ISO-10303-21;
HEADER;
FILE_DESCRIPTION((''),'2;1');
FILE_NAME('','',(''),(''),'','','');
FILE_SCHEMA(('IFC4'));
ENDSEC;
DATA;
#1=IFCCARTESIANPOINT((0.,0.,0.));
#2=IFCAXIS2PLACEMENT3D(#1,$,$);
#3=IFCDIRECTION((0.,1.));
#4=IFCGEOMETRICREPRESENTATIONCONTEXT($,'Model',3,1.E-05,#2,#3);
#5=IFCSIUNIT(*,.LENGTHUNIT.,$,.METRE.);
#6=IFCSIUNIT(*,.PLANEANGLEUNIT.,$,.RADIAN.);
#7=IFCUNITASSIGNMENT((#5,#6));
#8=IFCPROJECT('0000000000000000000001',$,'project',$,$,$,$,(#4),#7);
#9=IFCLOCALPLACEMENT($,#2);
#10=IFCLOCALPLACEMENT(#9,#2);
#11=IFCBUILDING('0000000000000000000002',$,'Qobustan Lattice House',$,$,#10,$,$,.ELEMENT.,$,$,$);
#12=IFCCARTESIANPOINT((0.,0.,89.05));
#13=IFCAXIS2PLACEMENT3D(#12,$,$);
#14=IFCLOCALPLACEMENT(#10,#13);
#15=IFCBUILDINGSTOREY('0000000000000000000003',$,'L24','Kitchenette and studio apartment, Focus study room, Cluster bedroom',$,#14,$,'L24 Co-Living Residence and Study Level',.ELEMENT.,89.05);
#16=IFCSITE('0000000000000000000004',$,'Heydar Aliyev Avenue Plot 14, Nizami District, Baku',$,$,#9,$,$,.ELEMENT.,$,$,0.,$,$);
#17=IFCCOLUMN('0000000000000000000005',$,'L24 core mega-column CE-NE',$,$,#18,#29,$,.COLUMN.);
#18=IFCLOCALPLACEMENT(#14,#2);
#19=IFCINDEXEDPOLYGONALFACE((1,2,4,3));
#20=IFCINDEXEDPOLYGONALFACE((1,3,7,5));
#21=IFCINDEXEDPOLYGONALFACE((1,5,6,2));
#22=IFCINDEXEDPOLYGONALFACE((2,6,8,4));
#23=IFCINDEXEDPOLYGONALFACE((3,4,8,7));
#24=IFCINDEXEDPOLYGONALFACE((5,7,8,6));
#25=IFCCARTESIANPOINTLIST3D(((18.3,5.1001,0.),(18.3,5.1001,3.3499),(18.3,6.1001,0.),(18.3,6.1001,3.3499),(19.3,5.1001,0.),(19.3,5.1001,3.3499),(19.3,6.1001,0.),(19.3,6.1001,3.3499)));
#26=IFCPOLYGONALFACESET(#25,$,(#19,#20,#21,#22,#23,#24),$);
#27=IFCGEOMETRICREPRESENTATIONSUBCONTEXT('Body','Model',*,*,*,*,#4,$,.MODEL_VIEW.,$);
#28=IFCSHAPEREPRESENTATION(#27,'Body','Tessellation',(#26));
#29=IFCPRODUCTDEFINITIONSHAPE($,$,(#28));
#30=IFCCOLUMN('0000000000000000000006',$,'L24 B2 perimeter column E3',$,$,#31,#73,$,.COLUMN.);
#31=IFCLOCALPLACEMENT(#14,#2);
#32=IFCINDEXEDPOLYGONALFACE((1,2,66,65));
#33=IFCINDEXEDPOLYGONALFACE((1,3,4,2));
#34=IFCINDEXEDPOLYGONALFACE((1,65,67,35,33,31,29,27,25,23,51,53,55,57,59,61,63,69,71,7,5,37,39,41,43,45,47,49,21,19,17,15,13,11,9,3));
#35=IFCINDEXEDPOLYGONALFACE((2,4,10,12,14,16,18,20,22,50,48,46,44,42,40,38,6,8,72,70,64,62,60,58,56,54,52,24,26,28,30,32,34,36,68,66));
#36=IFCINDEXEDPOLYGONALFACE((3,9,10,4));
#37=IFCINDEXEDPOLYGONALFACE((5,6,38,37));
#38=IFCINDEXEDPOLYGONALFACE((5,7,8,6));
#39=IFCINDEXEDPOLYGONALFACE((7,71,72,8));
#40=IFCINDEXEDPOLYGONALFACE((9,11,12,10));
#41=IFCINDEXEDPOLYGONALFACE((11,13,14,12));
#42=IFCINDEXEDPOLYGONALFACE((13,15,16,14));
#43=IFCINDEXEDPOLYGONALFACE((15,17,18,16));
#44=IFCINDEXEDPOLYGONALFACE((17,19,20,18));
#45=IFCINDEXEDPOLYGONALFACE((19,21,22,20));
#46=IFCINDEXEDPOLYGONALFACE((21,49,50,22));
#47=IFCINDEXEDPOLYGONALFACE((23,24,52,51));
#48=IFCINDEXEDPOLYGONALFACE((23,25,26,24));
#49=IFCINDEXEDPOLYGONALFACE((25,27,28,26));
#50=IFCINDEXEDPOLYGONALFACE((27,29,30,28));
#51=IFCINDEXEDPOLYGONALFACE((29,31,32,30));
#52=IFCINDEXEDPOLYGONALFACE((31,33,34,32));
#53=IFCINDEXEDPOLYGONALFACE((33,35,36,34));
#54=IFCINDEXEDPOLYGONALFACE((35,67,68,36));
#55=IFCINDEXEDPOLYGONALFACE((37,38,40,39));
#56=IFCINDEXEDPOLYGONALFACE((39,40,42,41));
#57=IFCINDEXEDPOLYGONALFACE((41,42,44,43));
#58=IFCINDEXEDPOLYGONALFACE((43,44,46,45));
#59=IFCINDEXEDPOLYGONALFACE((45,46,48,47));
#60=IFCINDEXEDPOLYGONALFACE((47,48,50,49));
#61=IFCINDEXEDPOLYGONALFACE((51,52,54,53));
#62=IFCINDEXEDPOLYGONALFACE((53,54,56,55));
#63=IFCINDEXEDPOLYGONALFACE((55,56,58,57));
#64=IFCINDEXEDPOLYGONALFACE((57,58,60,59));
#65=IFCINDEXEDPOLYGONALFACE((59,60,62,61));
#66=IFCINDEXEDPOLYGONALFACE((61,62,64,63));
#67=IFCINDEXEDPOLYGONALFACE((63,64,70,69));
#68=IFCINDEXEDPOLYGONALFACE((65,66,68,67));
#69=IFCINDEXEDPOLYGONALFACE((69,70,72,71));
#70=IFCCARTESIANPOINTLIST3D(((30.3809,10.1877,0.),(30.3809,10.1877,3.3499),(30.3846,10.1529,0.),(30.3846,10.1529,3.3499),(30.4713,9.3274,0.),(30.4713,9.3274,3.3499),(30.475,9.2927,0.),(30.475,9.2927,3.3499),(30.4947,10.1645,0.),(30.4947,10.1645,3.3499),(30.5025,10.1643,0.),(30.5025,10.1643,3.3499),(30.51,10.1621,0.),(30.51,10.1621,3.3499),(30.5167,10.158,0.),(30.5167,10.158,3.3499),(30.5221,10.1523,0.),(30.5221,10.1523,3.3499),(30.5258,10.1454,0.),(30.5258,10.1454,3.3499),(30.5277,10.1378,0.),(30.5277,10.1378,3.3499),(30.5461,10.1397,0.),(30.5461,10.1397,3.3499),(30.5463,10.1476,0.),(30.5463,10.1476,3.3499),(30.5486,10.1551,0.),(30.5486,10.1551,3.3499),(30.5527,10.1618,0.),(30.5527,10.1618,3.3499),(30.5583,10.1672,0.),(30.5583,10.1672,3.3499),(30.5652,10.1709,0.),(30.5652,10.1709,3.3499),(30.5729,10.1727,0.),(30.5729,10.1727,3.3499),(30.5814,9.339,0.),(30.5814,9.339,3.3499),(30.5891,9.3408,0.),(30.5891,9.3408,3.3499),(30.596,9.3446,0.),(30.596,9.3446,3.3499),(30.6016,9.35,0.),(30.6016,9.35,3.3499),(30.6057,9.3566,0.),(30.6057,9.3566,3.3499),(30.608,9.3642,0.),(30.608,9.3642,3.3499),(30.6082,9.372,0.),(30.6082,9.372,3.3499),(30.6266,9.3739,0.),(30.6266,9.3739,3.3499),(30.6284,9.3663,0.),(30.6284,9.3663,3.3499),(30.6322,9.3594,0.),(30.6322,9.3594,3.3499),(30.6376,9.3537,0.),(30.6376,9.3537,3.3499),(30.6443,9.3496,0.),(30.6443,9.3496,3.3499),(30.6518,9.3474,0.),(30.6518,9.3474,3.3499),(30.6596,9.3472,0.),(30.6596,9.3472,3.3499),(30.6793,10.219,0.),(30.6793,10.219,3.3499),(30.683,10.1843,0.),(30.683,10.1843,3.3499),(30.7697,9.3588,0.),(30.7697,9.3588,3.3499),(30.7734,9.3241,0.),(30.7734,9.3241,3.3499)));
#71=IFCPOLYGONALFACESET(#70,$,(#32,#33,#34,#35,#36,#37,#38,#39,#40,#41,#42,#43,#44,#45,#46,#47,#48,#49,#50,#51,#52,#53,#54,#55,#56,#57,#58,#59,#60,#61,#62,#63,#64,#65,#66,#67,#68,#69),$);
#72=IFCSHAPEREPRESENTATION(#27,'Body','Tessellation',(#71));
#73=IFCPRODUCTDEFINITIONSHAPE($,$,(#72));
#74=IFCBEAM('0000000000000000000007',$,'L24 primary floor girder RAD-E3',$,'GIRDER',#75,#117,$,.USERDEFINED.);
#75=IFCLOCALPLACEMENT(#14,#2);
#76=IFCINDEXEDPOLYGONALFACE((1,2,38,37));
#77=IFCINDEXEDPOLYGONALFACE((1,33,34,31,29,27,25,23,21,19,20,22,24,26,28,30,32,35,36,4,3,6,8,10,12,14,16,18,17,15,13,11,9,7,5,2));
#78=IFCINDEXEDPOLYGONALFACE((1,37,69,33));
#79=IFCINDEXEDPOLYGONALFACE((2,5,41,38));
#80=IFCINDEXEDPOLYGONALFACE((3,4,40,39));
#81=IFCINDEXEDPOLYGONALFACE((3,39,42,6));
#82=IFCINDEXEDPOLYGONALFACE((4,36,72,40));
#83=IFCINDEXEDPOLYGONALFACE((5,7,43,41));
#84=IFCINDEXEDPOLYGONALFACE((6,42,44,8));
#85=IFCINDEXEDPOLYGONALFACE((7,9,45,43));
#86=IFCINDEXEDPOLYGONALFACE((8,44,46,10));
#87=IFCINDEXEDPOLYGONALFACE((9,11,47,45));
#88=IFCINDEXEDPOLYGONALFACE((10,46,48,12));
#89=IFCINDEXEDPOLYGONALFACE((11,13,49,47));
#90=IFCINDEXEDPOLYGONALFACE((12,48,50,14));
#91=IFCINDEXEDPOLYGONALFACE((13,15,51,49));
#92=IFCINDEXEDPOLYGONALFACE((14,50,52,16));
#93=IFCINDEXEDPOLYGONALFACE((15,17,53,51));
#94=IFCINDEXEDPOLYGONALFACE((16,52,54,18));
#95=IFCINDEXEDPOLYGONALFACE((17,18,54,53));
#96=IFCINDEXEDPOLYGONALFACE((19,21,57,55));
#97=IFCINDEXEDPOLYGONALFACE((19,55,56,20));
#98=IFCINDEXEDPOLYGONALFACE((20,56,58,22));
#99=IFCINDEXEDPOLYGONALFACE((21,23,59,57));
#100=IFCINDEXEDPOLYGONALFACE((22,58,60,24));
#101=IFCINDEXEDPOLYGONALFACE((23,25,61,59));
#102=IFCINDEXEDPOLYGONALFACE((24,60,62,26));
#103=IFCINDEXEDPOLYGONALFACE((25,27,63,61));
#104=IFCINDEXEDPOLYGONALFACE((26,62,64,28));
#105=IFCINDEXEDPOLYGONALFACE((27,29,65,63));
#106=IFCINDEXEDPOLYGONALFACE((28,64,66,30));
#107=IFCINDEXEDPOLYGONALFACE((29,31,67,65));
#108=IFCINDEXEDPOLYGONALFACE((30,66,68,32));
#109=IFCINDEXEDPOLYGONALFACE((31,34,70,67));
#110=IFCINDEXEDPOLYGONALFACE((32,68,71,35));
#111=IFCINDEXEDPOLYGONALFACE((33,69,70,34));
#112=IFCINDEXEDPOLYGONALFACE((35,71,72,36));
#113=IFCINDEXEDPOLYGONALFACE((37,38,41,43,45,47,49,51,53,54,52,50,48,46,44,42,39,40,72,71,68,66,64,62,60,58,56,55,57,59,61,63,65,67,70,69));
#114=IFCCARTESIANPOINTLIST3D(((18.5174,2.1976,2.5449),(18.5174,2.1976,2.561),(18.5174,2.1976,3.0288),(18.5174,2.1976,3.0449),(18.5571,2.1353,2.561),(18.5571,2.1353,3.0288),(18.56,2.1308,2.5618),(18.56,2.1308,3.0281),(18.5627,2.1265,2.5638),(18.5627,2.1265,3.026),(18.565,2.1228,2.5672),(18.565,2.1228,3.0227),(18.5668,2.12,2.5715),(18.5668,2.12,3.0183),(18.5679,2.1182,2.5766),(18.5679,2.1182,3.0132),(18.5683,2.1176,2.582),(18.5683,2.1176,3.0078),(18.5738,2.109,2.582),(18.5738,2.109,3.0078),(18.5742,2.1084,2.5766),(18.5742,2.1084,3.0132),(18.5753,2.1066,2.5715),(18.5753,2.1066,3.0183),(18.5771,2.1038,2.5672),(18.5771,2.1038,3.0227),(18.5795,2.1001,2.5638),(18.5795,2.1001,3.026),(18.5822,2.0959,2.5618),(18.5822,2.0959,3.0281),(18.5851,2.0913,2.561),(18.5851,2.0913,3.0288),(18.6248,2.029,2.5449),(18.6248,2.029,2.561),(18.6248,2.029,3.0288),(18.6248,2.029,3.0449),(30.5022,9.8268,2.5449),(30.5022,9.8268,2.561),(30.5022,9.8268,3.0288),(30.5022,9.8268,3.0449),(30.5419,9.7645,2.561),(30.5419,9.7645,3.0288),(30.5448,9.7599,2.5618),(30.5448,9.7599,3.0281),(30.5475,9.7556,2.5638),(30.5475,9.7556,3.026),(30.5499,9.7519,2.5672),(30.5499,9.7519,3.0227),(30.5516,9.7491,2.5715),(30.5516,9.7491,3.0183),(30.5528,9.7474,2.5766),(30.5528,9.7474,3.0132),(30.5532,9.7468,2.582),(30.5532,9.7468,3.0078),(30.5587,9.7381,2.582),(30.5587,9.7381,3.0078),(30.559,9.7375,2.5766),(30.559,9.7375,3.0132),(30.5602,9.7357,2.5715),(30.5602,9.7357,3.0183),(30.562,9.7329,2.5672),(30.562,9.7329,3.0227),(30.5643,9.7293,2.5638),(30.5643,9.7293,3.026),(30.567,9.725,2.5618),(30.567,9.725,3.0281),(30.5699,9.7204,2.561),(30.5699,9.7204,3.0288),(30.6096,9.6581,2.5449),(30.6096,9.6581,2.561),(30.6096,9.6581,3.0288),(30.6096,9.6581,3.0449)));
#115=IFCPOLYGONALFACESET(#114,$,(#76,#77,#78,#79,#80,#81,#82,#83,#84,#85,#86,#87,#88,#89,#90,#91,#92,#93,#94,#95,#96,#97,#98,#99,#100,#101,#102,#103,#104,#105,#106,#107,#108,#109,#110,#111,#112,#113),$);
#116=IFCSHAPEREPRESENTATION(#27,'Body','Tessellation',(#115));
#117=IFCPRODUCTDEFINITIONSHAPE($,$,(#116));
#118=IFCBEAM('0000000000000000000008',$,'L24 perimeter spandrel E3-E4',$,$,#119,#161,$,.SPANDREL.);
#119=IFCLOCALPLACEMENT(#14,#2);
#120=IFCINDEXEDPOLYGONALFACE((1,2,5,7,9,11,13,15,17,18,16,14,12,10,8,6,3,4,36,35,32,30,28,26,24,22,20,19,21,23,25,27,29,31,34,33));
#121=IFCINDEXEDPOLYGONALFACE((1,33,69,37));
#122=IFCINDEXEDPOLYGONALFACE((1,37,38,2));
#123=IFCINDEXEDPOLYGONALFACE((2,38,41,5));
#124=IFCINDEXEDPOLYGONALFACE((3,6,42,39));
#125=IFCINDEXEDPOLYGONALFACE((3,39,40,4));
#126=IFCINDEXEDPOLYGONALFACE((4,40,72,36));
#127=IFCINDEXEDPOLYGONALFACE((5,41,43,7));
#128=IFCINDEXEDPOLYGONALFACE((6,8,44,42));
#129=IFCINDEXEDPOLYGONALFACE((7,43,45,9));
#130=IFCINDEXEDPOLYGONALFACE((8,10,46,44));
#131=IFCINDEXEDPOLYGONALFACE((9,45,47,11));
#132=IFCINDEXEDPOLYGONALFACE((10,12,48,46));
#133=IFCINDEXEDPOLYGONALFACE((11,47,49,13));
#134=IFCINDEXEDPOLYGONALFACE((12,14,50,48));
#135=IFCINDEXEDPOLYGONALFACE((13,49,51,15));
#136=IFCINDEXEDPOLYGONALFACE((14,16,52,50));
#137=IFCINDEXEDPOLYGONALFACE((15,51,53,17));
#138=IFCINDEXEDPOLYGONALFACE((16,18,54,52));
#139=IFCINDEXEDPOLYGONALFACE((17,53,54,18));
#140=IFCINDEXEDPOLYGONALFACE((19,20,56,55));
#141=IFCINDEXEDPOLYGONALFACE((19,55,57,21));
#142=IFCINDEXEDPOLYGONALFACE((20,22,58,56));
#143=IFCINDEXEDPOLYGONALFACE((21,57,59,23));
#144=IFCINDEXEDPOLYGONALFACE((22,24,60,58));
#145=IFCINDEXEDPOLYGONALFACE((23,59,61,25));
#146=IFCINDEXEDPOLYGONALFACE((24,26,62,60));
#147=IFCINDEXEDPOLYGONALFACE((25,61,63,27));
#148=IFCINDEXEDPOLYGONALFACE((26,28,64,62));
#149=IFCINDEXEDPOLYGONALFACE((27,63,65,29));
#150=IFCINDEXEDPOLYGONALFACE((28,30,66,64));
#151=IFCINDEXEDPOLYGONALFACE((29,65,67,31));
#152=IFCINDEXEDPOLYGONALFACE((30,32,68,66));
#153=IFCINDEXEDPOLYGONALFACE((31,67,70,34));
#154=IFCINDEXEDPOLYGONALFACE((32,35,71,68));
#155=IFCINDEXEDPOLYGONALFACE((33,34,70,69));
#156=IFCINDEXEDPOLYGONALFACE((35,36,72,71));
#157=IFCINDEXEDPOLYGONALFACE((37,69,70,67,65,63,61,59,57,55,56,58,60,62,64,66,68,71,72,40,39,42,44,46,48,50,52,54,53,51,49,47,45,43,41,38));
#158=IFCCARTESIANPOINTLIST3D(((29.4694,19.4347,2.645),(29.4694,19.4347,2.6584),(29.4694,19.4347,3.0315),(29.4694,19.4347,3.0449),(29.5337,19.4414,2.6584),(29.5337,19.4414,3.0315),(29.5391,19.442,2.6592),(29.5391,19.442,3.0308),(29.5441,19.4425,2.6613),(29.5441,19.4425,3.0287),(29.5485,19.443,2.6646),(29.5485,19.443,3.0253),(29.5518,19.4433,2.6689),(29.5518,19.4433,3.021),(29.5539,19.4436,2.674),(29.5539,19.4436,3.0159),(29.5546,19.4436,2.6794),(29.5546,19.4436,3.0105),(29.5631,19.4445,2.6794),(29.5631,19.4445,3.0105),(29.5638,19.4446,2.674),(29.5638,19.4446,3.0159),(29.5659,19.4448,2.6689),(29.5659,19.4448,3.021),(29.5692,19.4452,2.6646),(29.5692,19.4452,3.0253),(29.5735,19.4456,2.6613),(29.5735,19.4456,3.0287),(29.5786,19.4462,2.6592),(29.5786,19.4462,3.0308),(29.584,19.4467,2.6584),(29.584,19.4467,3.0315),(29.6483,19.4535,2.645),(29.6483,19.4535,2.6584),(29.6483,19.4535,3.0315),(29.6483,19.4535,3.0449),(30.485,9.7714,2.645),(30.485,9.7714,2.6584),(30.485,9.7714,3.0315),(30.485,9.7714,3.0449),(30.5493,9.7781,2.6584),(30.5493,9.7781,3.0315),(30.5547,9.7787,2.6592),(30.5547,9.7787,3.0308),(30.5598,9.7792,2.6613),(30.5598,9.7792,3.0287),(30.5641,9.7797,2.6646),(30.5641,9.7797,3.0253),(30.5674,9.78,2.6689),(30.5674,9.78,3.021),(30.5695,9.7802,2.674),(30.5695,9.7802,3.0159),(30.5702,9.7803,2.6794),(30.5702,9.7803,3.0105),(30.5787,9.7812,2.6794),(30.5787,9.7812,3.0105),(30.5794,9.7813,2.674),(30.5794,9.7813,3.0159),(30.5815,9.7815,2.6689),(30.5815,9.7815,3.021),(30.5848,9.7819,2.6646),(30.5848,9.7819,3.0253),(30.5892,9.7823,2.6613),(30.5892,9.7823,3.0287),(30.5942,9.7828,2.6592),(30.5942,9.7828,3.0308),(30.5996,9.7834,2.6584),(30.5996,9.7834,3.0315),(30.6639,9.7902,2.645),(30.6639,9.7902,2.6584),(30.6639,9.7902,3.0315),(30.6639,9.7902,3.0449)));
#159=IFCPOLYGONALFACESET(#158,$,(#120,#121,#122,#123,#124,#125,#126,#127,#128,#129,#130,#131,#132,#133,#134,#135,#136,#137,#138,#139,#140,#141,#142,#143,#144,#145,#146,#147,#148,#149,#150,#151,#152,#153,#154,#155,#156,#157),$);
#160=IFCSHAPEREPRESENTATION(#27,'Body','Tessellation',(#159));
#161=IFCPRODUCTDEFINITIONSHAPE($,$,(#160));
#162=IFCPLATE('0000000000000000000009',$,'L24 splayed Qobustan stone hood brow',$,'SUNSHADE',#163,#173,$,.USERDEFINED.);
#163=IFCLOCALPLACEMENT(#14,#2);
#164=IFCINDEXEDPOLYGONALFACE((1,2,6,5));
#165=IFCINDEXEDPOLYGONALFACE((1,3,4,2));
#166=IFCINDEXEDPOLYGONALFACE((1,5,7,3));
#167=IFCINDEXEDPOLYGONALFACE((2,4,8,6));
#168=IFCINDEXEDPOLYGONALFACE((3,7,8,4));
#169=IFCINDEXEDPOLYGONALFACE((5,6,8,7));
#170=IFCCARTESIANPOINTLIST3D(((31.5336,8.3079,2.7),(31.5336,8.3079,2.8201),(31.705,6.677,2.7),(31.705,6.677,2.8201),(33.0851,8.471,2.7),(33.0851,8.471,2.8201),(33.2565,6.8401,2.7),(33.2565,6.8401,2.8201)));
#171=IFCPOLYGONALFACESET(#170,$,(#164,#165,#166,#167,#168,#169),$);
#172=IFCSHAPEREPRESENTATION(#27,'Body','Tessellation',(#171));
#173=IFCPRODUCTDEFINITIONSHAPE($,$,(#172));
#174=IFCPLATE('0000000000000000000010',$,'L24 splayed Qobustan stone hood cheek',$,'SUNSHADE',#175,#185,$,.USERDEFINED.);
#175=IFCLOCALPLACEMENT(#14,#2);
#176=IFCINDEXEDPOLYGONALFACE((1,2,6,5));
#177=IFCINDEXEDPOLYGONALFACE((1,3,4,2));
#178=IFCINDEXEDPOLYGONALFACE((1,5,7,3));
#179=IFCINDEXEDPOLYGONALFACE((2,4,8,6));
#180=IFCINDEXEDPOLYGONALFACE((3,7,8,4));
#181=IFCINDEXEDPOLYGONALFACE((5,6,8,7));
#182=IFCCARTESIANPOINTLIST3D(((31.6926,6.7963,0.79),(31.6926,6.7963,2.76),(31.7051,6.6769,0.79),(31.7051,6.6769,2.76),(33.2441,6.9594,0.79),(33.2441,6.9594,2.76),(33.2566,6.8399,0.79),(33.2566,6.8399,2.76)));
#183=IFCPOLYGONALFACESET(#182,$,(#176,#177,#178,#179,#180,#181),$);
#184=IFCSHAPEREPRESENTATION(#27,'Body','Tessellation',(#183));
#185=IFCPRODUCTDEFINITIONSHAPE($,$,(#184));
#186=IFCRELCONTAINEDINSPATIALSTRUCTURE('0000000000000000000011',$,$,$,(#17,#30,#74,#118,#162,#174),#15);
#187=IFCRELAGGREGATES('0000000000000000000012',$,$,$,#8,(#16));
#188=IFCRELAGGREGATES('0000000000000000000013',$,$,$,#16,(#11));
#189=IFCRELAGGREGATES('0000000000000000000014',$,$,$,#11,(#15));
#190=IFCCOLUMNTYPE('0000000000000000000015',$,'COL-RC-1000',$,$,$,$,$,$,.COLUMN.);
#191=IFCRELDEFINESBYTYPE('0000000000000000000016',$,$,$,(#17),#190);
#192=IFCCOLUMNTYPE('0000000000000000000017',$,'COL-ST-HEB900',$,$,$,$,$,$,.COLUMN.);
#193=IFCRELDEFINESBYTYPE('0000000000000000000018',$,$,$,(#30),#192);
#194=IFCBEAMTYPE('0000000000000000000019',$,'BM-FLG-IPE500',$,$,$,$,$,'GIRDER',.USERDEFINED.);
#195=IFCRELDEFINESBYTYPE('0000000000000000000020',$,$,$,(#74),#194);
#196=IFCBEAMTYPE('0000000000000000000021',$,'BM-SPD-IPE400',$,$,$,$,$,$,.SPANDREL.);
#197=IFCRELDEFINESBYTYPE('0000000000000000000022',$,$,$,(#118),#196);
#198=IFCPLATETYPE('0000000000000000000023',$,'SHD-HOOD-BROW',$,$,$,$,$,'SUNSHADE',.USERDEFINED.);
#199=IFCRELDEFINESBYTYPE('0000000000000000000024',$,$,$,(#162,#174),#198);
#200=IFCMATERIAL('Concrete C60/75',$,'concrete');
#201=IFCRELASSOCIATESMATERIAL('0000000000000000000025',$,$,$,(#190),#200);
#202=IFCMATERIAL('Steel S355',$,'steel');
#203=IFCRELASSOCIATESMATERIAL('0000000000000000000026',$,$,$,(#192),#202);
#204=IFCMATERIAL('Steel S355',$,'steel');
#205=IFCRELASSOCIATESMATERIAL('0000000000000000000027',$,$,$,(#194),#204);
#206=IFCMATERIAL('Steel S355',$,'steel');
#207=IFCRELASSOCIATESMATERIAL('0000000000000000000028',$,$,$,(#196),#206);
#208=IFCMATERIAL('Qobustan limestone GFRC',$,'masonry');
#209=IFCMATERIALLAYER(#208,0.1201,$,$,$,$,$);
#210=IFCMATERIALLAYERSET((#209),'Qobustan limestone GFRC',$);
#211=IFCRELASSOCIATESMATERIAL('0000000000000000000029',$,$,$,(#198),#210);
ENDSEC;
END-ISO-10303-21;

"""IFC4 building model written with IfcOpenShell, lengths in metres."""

from ifc_helpers import new_model, si_unit, direction, frame, origin, origin_2d, place, context, subcontext, project, spatial, rectangle, i_section, extrude, material, layer, layer_set, material_profile, profile_set, type_object, element, save


model = new_model("IFC4")

# Units and contexts
model_context = context("Model", 3, precision=1e-05, world=origin(), true_north=direction((0.0, 1.0)))
body_context = subcontext(model_context, "Body", "Model", "MODEL_VIEW")
ifc_project = project(units=[si_unit("LENGTHUNIT", "METRE"), si_unit("PLANEANGLEUNIT", "RADIAN")], contexts=[model_context])

# Site, building, storey
site_placement = place(None, origin())
site = spatial("IfcSite", under=ifc_project, at=site_placement, Name="Heydar Aliyev Avenue Plot 14, Nizami District, Baku", CompositionType="ELEMENT", RefElevation=0.0)
building_placement = place(site_placement, origin())
building = spatial("IfcBuilding", under=site, at=building_placement, Name="Qobustan Lattice House", CompositionType="ELEMENT")
storey_placement = place(building_placement, frame((0.0, 0.0, 89.05)))
storey = spatial("IfcBuildingStorey", under=building, at=storey_placement, Name="L24", Description="Kitchenette and studio apartment, Focus study room, Cluster bedroom", LongName="L24 Co-Living Residence and Study Level", CompositionType="ELEMENT", Elevation=89.05)

# Columns
ifc_material_1 = material(Name="Concrete C60/75", Category="concrete")
ifc_material_profile_1 = material_profile(ifc_material_1, rectangle(XDim=1.0, YDim=1.0, at=origin_2d()), Name="RC1000x1000")
ifc_profile_set_1 = profile_set([ifc_material_profile_1], Name="Concrete C60/75")
column_type_1 = type_object("IfcColumnType", Name="COL-RC-1000", PredefinedType="COLUMN", material=ifc_profile_set_1)
column_1_placement = place(storey_placement, frame((18.8, 5.6001, 0.0), z_axis=(0.0, 0.0, 1.0), x_axis=(1.0, 0.0, 0.0)))
element("IfcColumn", 1, at=column_1_placement, inside=storey, type_object=column_type_1, Name="L24 core mega-column CE-NE", PredefinedType="COLUMN", context=body_context, shape_type="SweptSolid", body=[
    extrude(rectangle(XDim=1.0, YDim=1.0, at=origin_2d()), origin(), (0.0, 0.0, 1.0), 3.3499),
])
ifc_material_2 = material(Name="Steel S355", Category="steel")
ifc_material_profile_2 = material_profile(ifc_material_2, i_section(OverallWidth=0.3, OverallDepth=0.8999, WebThickness=0.0186, FlangeThickness=0.0349, FilletRadius=0.03, at=origin_2d()), Name="HEB900")
ifc_profile_set_2 = profile_set([ifc_material_profile_2], Name="Steel S355")
column_type_2 = type_object("IfcColumnType", Name="COL-ST-HEB900", PredefinedType="COLUMN", material=ifc_profile_set_2)
column_2_placement = place(storey_placement, frame((30.5771, 9.7559, 0.0), z_axis=(0.0, 0.0, 1.0), x_axis=(0.994522, 0.104528, 0.0)))
element("IfcColumn", 2, at=column_2_placement, inside=storey, type_object=column_type_2, Name="L24 B2 perimeter column E3", PredefinedType="COLUMN", context=body_context, shape_type="SweptSolid", body=[
    extrude(i_section(OverallWidth=0.3, OverallDepth=0.8999, WebThickness=0.0186, FlangeThickness=0.0349, FilletRadius=0.03, at=origin_2d()), origin(), (0.0, 0.0, 1.0), 3.3499),
])

# Beams
ifc_material_3 = material(Name="Steel S355", Category="steel")
ifc_material_profile_3 = material_profile(ifc_material_3, i_section(OverallWidth=0.2, OverallDepth=0.5, WebThickness=0.0103, FlangeThickness=0.0161, FilletRadius=0.021, at=origin_2d()), Name="IPE500")
ifc_profile_set_3 = profile_set([ifc_material_profile_3], Name="Steel S355")
beam_type_1 = type_object("IfcBeamType", Name="BM-FLG-IPE500", ElementType="GIRDER", PredefinedType="USERDEFINED", material=ifc_profile_set_3)
beam_1_placement = place(storey_placement, frame((30.5559, 9.7424, 2.7949), z_axis=(-0.843584, -0.536997, 0.0), x_axis=(0.536997, -0.843584, 0.0)))
element("IfcBeam", 3, at=beam_1_placement, inside=storey, type_object=beam_type_1, Name="L24 primary floor girder RAD-E3", ObjectType="GIRDER", PredefinedType="USERDEFINED", context=body_context, shape_type="SweptSolid", body=[
    extrude(i_section(OverallWidth=0.2, OverallDepth=0.5, WebThickness=0.0103, FlangeThickness=0.0161, FilletRadius=0.021, at=origin_2d()), origin(), (0.0, 0.0, 1.0), 14.207),
])
ifc_material_4 = material(Name="Steel S355", Category="steel")
ifc_material_profile_4 = material_profile(ifc_material_4, i_section(OverallWidth=0.1799, OverallDepth=0.3999, WebThickness=0.0085, FlangeThickness=0.0134, FilletRadius=0.021, at=origin_2d()), Name="IPE400")
ifc_profile_set_4 = profile_set([ifc_material_profile_4], Name="Steel S355")
beam_type_2 = type_object("IfcBeamType", Name="BM-SPD-IPE400", PredefinedType="SPANDREL", material=ifc_profile_set_4)
beam_2_placement = place(storey_placement, frame((30.5745, 9.7808, 2.845), z_axis=(-0.104525, 0.994522, 0.0), x_axis=(-0.994522, -0.104525, 0.0)))
element("IfcBeam", 4, at=beam_2_placement, inside=storey, type_object=beam_type_2, Name="L24 perimeter spandrel E3-E4", PredefinedType="SPANDREL", context=body_context, shape_type="SweptSolid", body=[
    extrude(i_section(OverallWidth=0.1799, OverallDepth=0.3999, WebThickness=0.0085, FlangeThickness=0.0134, FilletRadius=0.021, at=origin_2d()), origin(), (0.0, 0.0, 1.0), 9.7166),
])

# Plates
ifc_material_5 = material(Name="Qobustan limestone GFRC", Category="masonry")
ifc_layer_1 = layer(ifc_material_5, 0.1201)
ifc_layer_set_1 = layer_set([ifc_layer_1], Name="Qobustan limestone GFRC")
plate_type = type_object("IfcPlateType", Name="SHD-HOOD-BROW", ElementType="SUNSHADE", PredefinedType="USERDEFINED", material=ifc_layer_set_1)
plate_1_placement = place(storey_placement, frame((32.395, 7.574, 2.7), z_axis=(0.0, 0.0, 1.0), x_axis=(0.104528, -0.994522, 0.0)))
element("IfcPlate", 5, at=plate_1_placement, inside=storey, type_object=plate_type, Name="L24 splayed Qobustan stone hood brow", ObjectType="SUNSHADE", PredefinedType="USERDEFINED", context=body_context, shape_type="SweptSolid", body=[
    extrude(rectangle(XDim=1.6399, YDim=1.5601, at=origin_2d()), origin(), (0.0, 0.0, 1.0), 0.1201),
])
plate_2_placement = place(storey_placement, frame((32.4746, 6.8181, 0.79), z_axis=(0.0, 0.0, 1.0), x_axis=(0.104528, -0.994522, 0.0)))
element("IfcPlate", 6, at=plate_2_placement, inside=storey, type_object=plate_type, Name="L24 splayed Qobustan stone hood cheek", ObjectType="SUNSHADE", PredefinedType="USERDEFINED", context=body_context, shape_type="SweptSolid", body=[
    extrude(rectangle(XDim=0.1201, YDim=1.5601, at=origin_2d()), origin(), (0.0, 0.0, 1.0), 1.97),
])

save(model, "model.ifc")
